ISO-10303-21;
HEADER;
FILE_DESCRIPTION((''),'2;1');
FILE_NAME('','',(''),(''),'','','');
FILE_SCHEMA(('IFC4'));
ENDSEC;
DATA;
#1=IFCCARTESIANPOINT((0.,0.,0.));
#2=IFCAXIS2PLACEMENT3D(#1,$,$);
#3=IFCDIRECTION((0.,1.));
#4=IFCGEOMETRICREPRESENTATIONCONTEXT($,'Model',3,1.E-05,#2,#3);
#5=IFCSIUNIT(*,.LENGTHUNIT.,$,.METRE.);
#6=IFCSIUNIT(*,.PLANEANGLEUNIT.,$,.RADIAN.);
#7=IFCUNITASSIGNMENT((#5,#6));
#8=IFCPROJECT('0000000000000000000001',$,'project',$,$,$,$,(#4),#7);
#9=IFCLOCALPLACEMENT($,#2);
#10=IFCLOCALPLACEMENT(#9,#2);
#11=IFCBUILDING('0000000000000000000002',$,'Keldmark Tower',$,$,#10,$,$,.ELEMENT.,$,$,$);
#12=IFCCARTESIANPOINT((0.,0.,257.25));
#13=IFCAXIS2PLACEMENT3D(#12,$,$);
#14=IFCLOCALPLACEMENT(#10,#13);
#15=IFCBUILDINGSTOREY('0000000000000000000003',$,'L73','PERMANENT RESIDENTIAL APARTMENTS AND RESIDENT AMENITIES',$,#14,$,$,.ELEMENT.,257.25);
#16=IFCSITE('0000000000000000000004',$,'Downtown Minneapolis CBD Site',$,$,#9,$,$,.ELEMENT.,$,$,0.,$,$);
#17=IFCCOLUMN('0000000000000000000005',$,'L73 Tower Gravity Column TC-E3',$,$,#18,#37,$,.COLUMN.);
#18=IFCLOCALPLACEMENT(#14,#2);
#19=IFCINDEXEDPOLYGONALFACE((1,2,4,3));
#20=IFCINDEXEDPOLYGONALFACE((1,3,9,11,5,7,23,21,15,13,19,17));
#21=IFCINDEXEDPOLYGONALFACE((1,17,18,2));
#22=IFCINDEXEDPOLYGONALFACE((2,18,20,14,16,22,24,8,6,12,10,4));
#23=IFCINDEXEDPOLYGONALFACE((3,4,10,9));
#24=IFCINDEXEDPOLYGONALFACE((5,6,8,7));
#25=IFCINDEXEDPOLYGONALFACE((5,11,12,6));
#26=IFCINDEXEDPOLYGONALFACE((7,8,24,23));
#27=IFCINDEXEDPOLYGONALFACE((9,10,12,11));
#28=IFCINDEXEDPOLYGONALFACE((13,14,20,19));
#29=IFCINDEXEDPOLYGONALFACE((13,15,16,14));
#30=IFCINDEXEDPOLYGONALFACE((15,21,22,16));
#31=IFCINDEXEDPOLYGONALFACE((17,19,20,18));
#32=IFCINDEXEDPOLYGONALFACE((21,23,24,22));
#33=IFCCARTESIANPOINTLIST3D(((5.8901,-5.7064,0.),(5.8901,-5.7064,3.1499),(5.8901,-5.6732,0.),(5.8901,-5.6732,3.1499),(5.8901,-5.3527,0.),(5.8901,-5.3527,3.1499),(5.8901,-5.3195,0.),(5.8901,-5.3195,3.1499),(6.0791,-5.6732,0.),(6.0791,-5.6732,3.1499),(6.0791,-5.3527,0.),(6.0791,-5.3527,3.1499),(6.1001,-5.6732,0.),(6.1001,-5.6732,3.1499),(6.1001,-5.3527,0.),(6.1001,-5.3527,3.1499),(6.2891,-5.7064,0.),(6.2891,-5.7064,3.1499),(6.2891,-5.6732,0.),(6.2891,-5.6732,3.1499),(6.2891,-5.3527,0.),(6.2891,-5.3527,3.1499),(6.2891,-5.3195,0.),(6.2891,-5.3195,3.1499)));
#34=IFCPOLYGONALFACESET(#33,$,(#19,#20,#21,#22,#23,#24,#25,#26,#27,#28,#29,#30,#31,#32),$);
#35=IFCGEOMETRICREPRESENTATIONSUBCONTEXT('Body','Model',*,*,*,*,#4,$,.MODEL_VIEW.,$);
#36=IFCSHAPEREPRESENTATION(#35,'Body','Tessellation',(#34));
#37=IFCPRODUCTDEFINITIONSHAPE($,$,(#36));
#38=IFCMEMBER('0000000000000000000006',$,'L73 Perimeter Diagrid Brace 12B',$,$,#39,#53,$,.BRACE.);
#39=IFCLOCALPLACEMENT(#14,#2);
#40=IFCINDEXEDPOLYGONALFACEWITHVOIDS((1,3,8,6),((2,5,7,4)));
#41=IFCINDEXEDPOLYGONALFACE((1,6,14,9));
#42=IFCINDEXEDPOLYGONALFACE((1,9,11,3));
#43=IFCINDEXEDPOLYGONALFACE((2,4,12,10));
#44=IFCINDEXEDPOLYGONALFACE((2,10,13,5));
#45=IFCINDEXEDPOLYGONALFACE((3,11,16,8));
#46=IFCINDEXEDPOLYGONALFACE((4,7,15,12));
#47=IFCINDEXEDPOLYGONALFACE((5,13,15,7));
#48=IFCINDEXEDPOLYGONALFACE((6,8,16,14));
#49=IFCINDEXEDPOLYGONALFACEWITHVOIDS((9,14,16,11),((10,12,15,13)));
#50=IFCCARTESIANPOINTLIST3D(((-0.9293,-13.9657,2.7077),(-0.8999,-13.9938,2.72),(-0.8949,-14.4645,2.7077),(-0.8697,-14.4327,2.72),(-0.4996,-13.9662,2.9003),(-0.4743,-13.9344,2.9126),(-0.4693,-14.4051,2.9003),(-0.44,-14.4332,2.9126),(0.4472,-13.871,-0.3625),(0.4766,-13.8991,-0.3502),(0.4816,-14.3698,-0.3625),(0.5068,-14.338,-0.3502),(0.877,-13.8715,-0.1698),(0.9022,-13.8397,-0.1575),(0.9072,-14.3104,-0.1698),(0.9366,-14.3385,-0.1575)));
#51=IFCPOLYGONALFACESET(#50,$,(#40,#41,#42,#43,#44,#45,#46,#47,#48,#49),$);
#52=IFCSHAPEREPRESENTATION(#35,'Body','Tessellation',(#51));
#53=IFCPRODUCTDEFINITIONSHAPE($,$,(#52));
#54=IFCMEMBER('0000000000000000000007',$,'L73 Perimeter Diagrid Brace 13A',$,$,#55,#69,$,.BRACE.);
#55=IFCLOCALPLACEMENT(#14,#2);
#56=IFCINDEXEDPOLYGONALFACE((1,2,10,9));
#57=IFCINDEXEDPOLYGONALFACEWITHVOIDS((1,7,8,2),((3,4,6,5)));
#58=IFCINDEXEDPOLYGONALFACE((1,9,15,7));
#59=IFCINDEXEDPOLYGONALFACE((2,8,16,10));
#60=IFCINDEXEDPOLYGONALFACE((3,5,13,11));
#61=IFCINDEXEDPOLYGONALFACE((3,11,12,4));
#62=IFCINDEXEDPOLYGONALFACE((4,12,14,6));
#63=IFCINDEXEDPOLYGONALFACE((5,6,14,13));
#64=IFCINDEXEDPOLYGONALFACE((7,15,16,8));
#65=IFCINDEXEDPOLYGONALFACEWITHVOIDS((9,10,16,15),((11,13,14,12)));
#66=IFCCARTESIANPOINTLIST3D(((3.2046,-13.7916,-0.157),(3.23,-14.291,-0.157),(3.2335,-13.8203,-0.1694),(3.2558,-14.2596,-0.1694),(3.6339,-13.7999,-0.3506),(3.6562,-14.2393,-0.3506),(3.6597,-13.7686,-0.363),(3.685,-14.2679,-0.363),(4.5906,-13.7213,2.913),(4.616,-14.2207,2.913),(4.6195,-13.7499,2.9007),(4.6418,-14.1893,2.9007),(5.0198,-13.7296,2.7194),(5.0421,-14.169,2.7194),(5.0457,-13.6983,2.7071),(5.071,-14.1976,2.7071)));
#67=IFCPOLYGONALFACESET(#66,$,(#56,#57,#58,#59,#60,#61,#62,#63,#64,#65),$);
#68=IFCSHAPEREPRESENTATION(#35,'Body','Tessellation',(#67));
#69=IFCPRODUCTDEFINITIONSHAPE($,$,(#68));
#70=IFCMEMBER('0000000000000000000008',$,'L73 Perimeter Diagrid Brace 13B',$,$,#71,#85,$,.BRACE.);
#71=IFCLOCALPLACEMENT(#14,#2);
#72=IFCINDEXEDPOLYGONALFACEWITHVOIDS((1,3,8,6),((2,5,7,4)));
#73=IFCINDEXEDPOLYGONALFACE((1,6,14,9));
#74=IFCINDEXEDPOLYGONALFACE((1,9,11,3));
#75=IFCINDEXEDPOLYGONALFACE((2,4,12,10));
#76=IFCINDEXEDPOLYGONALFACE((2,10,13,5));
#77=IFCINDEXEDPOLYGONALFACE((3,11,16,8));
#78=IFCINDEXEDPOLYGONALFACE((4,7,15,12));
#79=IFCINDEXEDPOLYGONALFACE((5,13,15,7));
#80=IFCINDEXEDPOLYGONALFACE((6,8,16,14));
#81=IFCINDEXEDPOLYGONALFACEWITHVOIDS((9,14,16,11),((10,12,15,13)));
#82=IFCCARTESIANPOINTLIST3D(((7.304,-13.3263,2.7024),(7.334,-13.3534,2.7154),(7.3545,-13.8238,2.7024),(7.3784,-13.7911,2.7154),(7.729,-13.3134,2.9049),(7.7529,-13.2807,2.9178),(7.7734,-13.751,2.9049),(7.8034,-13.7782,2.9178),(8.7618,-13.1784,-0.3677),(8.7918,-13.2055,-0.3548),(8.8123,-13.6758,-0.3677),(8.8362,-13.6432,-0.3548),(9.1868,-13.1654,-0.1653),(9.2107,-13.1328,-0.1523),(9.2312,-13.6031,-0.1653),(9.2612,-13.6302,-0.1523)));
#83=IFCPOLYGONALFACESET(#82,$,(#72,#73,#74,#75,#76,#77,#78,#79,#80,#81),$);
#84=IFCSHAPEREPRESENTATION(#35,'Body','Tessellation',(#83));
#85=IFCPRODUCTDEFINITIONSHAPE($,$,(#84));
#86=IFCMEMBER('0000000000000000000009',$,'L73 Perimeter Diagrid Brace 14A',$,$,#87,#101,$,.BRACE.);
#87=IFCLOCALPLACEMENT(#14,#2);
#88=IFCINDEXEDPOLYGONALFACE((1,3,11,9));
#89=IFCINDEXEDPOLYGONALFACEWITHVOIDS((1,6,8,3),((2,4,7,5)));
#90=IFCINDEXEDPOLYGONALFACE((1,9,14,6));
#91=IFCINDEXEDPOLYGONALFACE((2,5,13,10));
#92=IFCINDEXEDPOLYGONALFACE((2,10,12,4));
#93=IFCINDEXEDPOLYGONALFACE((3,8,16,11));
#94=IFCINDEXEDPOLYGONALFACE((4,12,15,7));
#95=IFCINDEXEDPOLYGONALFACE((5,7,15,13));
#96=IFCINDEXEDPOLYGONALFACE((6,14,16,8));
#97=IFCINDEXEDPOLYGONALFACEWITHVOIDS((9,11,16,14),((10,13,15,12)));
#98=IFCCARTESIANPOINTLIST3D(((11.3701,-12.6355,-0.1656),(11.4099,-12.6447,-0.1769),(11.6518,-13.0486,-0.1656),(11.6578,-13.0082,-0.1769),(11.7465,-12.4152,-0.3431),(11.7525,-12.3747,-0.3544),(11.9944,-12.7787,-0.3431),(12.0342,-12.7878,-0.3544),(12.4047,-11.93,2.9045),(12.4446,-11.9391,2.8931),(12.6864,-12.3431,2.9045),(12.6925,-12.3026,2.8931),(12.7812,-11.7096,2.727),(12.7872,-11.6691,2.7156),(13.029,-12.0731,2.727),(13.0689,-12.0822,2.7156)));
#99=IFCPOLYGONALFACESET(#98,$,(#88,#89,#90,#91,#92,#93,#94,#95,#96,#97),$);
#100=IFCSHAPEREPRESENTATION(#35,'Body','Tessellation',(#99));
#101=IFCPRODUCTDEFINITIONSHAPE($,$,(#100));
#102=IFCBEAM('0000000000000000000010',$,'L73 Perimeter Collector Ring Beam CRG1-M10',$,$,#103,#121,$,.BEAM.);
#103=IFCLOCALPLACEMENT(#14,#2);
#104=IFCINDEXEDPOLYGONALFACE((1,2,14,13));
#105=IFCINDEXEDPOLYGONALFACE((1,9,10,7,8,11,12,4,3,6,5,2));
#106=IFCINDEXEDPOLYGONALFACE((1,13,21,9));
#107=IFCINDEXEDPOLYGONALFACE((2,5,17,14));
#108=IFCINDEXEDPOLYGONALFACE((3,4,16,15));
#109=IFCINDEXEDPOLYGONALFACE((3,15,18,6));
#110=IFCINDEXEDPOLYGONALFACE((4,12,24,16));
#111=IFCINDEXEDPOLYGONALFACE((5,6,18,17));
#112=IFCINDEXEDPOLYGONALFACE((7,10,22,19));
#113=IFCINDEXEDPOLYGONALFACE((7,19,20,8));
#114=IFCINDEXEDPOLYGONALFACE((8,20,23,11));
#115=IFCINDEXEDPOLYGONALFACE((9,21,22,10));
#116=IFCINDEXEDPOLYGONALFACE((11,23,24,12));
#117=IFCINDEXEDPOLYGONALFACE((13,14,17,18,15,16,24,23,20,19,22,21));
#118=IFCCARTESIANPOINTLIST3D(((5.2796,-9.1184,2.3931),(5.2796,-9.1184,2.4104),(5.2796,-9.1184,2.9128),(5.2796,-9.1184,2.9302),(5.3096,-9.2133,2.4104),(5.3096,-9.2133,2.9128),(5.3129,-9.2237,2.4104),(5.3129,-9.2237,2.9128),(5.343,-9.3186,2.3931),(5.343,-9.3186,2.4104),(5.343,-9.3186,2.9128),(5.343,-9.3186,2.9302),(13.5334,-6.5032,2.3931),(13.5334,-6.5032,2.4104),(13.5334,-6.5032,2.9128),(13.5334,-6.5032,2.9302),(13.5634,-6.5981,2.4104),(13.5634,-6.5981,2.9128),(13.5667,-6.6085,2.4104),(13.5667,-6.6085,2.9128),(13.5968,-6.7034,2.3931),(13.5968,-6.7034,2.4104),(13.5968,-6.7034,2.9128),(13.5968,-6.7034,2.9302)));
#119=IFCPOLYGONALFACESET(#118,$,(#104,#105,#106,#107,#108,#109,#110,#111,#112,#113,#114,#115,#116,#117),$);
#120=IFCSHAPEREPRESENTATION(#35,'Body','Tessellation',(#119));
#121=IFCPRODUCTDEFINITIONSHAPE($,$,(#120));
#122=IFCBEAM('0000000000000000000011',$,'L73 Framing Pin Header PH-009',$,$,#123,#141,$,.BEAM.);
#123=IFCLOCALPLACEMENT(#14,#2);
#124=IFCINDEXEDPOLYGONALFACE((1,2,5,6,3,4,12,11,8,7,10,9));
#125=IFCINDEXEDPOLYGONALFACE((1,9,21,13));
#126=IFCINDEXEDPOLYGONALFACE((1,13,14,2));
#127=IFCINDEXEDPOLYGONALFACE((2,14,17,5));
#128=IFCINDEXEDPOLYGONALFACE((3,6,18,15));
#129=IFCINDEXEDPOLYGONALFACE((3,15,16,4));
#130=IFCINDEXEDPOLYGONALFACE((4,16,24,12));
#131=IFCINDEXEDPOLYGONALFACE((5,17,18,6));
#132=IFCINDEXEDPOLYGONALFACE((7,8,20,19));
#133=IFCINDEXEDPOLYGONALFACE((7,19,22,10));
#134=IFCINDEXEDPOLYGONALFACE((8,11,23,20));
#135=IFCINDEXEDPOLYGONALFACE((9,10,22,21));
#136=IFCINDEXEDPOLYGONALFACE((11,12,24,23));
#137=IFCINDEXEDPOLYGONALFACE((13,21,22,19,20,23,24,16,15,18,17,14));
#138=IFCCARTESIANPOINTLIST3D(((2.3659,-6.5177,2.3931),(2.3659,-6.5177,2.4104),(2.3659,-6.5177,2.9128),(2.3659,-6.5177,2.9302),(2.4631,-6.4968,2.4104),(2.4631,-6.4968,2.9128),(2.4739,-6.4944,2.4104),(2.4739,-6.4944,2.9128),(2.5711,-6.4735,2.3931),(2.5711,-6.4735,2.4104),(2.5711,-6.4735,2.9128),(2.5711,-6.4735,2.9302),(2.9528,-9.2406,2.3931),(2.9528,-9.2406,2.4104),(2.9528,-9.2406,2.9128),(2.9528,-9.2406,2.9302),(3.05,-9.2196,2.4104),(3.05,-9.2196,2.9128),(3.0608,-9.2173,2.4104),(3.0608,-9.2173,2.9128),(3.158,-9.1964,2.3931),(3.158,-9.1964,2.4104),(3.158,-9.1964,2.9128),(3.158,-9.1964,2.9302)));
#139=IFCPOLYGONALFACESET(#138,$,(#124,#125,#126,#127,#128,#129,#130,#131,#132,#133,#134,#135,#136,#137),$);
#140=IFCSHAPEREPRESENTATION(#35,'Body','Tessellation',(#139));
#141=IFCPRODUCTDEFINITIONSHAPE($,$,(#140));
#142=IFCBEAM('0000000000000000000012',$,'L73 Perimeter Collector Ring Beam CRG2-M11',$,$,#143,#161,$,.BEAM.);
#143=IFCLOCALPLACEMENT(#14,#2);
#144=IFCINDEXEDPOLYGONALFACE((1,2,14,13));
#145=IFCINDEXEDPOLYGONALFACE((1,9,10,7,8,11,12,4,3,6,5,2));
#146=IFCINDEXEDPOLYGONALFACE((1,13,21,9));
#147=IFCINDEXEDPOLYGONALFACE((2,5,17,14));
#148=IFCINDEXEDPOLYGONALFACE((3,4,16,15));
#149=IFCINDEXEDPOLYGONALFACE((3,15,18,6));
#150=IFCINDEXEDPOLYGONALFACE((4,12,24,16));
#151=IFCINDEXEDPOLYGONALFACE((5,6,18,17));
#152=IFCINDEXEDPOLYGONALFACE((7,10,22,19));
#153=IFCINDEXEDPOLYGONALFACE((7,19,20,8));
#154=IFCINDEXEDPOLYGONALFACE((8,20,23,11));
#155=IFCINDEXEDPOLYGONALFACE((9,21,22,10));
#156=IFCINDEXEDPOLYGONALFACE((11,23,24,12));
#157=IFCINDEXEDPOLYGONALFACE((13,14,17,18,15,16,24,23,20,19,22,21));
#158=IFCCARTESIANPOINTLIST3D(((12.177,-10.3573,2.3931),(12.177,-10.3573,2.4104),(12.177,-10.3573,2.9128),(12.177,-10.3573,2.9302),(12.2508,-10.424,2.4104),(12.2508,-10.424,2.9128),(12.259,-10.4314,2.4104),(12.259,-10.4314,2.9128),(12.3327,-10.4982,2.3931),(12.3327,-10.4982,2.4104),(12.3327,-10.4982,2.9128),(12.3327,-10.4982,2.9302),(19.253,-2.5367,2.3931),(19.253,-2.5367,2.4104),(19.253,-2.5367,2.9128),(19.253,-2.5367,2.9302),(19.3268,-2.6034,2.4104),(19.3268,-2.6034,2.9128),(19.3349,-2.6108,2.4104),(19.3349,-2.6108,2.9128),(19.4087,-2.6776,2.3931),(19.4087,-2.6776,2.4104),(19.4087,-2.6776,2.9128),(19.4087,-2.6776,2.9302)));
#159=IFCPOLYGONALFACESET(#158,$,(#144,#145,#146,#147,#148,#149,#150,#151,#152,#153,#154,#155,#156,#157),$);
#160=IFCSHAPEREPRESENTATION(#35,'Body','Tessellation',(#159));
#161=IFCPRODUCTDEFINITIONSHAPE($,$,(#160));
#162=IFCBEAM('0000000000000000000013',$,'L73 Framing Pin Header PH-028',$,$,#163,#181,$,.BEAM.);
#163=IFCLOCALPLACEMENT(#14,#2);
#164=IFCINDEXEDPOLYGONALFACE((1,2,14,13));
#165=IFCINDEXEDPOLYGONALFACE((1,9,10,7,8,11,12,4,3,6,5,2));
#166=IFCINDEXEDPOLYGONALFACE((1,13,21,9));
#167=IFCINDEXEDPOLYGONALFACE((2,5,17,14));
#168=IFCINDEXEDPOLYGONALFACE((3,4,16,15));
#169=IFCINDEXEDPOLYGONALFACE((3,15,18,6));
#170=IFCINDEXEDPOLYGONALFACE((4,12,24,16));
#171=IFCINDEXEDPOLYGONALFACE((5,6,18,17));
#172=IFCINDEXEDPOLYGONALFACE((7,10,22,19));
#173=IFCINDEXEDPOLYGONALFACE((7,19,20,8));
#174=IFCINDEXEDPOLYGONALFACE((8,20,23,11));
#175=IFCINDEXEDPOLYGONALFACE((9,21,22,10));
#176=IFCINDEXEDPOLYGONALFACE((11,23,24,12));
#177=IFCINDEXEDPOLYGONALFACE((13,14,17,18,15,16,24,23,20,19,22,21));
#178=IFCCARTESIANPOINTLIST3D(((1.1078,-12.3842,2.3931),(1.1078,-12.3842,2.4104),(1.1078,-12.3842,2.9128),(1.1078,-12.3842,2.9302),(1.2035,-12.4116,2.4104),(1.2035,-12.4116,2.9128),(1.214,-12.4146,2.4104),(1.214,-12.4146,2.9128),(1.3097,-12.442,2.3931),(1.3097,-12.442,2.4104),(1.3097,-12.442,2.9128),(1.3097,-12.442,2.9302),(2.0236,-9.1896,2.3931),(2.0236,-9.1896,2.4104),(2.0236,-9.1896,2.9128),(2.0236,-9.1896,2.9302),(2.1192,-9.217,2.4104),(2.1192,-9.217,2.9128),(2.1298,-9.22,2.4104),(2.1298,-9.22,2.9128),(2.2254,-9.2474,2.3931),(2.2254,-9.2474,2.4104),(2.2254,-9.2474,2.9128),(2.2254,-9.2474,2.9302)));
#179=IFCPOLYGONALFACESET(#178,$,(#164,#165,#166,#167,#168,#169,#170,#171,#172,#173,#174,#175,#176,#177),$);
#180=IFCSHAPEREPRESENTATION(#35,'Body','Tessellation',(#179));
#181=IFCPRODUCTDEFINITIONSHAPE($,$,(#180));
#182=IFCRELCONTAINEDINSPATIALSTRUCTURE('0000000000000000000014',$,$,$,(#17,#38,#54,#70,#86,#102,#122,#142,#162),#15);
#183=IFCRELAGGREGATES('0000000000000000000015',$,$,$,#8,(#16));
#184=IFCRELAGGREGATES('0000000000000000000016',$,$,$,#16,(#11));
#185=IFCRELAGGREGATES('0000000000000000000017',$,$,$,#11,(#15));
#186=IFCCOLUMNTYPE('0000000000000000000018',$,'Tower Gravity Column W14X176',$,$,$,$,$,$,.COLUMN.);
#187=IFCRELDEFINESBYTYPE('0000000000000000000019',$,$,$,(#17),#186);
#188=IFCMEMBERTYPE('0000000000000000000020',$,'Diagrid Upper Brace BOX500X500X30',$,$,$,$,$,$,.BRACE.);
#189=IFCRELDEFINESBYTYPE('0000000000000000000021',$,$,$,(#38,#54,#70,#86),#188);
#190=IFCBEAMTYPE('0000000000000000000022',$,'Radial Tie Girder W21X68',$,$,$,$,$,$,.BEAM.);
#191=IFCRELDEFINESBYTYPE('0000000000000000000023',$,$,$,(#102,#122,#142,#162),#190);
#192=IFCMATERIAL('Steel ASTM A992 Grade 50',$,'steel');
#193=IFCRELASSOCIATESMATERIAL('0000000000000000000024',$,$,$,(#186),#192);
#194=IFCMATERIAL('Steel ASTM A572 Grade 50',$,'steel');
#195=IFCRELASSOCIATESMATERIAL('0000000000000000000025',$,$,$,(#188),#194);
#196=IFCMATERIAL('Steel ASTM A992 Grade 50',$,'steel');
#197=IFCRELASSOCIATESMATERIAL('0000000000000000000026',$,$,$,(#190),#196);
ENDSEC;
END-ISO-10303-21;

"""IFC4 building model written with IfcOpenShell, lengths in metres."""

from ifc_helpers import new_model, si_unit, direction, frame, origin, origin_2d, place, context, subcontext, project, spatial, hollow_rectangle, i_section, extrude, material, material_profile, profile_set, type_object, element, save


model = new_model("IFC4")

# Units and contexts
model_context = context("Model", 3, precision=1e-05, world=origin(), true_north=direction((0.0, 1.0)))
body_context = subcontext(model_context, "Body", "Model", "MODEL_VIEW")
ifc_project = project(units=[si_unit("LENGTHUNIT", "METRE"), si_unit("PLANEANGLEUNIT", "RADIAN")], contexts=[model_context])

# Site, building, storey
site_placement = place(None, origin())
site = spatial("IfcSite", under=ifc_project, at=site_placement, Name="Downtown Minneapolis CBD Site", CompositionType="ELEMENT", RefElevation=0.0)
building_placement = place(site_placement, origin())
building = spatial("IfcBuilding", under=site, at=building_placement, Name="Keldmark Tower", CompositionType="ELEMENT")
storey_placement = place(building_placement, frame((0.0, 0.0, 257.25)))
storey = spatial("IfcBuildingStorey", under=building, at=storey_placement, Name="L73", Description="PERMANENT RESIDENTIAL APARTMENTS AND RESIDENT AMENITIES", CompositionType="ELEMENT", Elevation=257.25)

# Column
ifc_material_1 = material(Name="Steel ASTM A992 Grade 50", Category="steel")
ifc_material_profile_1 = material_profile(ifc_material_1, i_section(OverallWidth=0.3989, OverallDepth=0.387, WebThickness=0.021, FlangeThickness=0.0332, at=origin_2d()), Name="W14X176")
ifc_profile_set_1 = profile_set([ifc_material_profile_1], Name="Steel ASTM A992 Grade 50")
column_type = type_object("IfcColumnType", Name="Tower Gravity Column W14X176", PredefinedType="COLUMN", material=ifc_profile_set_1)
column_placement = place(storey_placement, frame((6.0896, -5.5129, 0.0), z_axis=(0.0, 0.0, 1.0), x_axis=(1.0, 0.0, 0.0)))
element("IfcColumn", 1, at=column_placement, inside=storey, type_object=column_type, Name="L73 Tower Gravity Column TC-E3", PredefinedType="COLUMN", context=body_context, shape_type="SweptSolid", body=[
    extrude(i_section(OverallWidth=0.3989, OverallDepth=0.387, WebThickness=0.021, FlangeThickness=0.0332, at=origin_2d()), origin(), (0.0, 0.0, 1.0), 3.1499),
])

# Members
ifc_material_2 = material(Name="Steel ASTM A572 Grade 50", Category="steel")
ifc_material_profile_2 = material_profile(ifc_material_2, hollow_rectangle(XDim=0.5, YDim=0.5, WallThickness=0.03, at=origin_2d()), Name="BOX500X500X30")
ifc_profile_set_2 = profile_set([ifc_material_profile_2], Name="Steel ASTM A572 Grade 50")
member_type = type_object("IfcMemberType", Name="Diagrid Upper Brace BOX500X500X30", PredefinedType="BRACE", material=ifc_profile_set_2)
member_1_placement = place(storey_placement, frame((0.6919, -14.1047, -0.26), z_axis=(-0.40895, -0.028143, 0.912123), x_axis=(0.068656, -0.99764, 0.0)))
element("IfcMember", 2, at=member_1_placement, inside=storey, type_object=member_type, Name="L73 Perimeter Diagrid Brace 12B", PredefinedType="BRACE", context=body_context, shape_type="SweptSolid", body=[
    extrude(hollow_rectangle(XDim=0.5, YDim=0.5, WallThickness=0.03, at=origin_2d()), origin(), (0.0, 0.0, 1.0), 3.366),
])
member_2_placement = place(storey_placement, frame((3.4448, -14.0298, -0.26), z_axis=(0.411375, 0.020869, 0.911227), x_axis=(-0.050666, 0.998716, 0.0)))
element("IfcMember", 3, at=member_2_placement, inside=storey, type_object=member_type, Name="L73 Perimeter Diagrid Brace 13A", PredefinedType="BRACE", context=body_context, shape_type="SweptSolid", body=[
    extrude(hollow_rectangle(XDim=0.5, YDim=0.5, WallThickness=0.03, at=origin_2d()), origin(), (0.0, 0.0, 1.0), 3.3691),
])
member_3_placement = place(storey_placement, frame((9.0115, -13.4043, -0.26), z_axis=(-0.428526, -0.043491, 0.902482), x_axis=(0.100972, -0.994889, 0.0)))
element("IfcMember", 4, at=member_3_placement, inside=storey, type_object=member_type, Name="L73 Perimeter Diagrid Brace 13B", PredefinedType="BRACE", context=body_context, shape_type="SweptSolid", body=[
    extrude(hollow_rectangle(XDim=0.5, YDim=0.5, WallThickness=0.03, at=origin_2d()), origin(), (0.0, 0.0, 1.0), 3.4019),
])
member_4_placement = place(storey_placement, frame((11.7021, -12.7117, -0.26), z_axis=(0.312054, 0.212797, 0.925926), x_axis=(-0.563397, 0.826186, 0.0)))
element("IfcMember", 5, at=member_4_placement, inside=storey, type_object=member_type, Name="L73 Perimeter Diagrid Brace 14A", PredefinedType="BRACE", context=body_context, shape_type="SweptSolid", body=[
    extrude(hollow_rectangle(XDim=0.5, YDim=0.5, WallThickness=0.03, at=origin_2d()), origin(), (0.0, 0.0, 1.0), 3.3157),
])

# Beams
ifc_material_3 = material(Name="Steel ASTM A992 Grade 50", Category="steel")
ifc_material_profile_3 = material_profile(ifc_material_3, i_section(OverallWidth=0.21, OverallDepth=0.5371, WebThickness=0.011, FlangeThickness=0.0173, at=origin_2d()), Name="W21X68")
ifc_profile_set_3 = profile_set([ifc_material_profile_3], Name="Steel ASTM A992 Grade 50")
beam_type_1 = type_object("IfcBeamType", Name="Radial Tie Girder W21X68", PredefinedType="BEAM", material=ifc_profile_set_3)
beam_1_placement = place(storey_placement, frame((5.3113, -9.2185, 2.6616), z_axis=(0.953292, 0.302049, 0.0), x_axis=(-0.302049, 0.953292, 0.0)))
element("IfcBeam", 6, at=beam_1_placement, inside=storey, type_object=beam_type_1, Name="L73 Perimeter Collector Ring Beam CRG1-M10", PredefinedType="BEAM", context=body_context, shape_type="SweptSolid", body=[
    extrude(i_section(OverallWidth=0.21, OverallDepth=0.5371, WebThickness=0.011, FlangeThickness=0.0173, at=origin_2d()), origin(), (0.0, 0.0, 1.0), 8.6582),
])
beam_2_placement = place(storey_placement, frame((2.4685, -6.4956, 2.6616), z_axis=(0.210708, -0.977549, 0.0), x_axis=(0.977549, 0.210708, 0.0)))
element("IfcBeam", 7, at=beam_2_placement, inside=storey, type_object=beam_type_1, Name="L73 Framing Pin Header PH-009", PredefinedType="BEAM", context=body_context, shape_type="SweptSolid", body=[
    extrude(i_section(OverallWidth=0.21, OverallDepth=0.5371, WebThickness=0.011, FlangeThickness=0.0173, at=origin_2d()), origin(), (0.0, 0.0, 1.0), 2.7854),
])
beam_3_placement = place(storey_placement, frame((12.2549, -10.4277, 2.6616), z_axis=(0.670923, 0.741527, 0.0), x_axis=(-0.741527, 0.670923, 0.0)))
element("IfcBeam", 8, at=beam_3_placement, inside=storey, type_object=beam_type_1, Name="L73 Perimeter Collector Ring Beam CRG2-M11", PredefinedType="BEAM", context=body_context, shape_type="SweptSolid", body=[
    extrude(i_section(OverallWidth=0.21, OverallDepth=0.5371, WebThickness=0.011, FlangeThickness=0.0173, at=origin_2d()), origin(), (0.0, 0.0, 1.0), 10.5466),
])
beam_4_placement = place(storey_placement, frame((2.1245, -9.2185, 2.6616), z_axis=(-0.275565, -0.961282, 0.0), x_axis=(0.961282, -0.275565, 0.0)))
element("IfcBeam", 9, at=beam_4_placement, inside=storey, type_object=beam_type_1, Name="L73 Framing Pin Header PH-028", PredefinedType="BEAM", context=body_context, shape_type="SweptSolid", body=[
    extrude(i_section(OverallWidth=0.21, OverallDepth=0.5371, WebThickness=0.011, FlangeThickness=0.0173, at=origin_2d()), origin(), (0.0, 0.0, 1.0), 3.3232),
])

save(model, "model.ifc")
